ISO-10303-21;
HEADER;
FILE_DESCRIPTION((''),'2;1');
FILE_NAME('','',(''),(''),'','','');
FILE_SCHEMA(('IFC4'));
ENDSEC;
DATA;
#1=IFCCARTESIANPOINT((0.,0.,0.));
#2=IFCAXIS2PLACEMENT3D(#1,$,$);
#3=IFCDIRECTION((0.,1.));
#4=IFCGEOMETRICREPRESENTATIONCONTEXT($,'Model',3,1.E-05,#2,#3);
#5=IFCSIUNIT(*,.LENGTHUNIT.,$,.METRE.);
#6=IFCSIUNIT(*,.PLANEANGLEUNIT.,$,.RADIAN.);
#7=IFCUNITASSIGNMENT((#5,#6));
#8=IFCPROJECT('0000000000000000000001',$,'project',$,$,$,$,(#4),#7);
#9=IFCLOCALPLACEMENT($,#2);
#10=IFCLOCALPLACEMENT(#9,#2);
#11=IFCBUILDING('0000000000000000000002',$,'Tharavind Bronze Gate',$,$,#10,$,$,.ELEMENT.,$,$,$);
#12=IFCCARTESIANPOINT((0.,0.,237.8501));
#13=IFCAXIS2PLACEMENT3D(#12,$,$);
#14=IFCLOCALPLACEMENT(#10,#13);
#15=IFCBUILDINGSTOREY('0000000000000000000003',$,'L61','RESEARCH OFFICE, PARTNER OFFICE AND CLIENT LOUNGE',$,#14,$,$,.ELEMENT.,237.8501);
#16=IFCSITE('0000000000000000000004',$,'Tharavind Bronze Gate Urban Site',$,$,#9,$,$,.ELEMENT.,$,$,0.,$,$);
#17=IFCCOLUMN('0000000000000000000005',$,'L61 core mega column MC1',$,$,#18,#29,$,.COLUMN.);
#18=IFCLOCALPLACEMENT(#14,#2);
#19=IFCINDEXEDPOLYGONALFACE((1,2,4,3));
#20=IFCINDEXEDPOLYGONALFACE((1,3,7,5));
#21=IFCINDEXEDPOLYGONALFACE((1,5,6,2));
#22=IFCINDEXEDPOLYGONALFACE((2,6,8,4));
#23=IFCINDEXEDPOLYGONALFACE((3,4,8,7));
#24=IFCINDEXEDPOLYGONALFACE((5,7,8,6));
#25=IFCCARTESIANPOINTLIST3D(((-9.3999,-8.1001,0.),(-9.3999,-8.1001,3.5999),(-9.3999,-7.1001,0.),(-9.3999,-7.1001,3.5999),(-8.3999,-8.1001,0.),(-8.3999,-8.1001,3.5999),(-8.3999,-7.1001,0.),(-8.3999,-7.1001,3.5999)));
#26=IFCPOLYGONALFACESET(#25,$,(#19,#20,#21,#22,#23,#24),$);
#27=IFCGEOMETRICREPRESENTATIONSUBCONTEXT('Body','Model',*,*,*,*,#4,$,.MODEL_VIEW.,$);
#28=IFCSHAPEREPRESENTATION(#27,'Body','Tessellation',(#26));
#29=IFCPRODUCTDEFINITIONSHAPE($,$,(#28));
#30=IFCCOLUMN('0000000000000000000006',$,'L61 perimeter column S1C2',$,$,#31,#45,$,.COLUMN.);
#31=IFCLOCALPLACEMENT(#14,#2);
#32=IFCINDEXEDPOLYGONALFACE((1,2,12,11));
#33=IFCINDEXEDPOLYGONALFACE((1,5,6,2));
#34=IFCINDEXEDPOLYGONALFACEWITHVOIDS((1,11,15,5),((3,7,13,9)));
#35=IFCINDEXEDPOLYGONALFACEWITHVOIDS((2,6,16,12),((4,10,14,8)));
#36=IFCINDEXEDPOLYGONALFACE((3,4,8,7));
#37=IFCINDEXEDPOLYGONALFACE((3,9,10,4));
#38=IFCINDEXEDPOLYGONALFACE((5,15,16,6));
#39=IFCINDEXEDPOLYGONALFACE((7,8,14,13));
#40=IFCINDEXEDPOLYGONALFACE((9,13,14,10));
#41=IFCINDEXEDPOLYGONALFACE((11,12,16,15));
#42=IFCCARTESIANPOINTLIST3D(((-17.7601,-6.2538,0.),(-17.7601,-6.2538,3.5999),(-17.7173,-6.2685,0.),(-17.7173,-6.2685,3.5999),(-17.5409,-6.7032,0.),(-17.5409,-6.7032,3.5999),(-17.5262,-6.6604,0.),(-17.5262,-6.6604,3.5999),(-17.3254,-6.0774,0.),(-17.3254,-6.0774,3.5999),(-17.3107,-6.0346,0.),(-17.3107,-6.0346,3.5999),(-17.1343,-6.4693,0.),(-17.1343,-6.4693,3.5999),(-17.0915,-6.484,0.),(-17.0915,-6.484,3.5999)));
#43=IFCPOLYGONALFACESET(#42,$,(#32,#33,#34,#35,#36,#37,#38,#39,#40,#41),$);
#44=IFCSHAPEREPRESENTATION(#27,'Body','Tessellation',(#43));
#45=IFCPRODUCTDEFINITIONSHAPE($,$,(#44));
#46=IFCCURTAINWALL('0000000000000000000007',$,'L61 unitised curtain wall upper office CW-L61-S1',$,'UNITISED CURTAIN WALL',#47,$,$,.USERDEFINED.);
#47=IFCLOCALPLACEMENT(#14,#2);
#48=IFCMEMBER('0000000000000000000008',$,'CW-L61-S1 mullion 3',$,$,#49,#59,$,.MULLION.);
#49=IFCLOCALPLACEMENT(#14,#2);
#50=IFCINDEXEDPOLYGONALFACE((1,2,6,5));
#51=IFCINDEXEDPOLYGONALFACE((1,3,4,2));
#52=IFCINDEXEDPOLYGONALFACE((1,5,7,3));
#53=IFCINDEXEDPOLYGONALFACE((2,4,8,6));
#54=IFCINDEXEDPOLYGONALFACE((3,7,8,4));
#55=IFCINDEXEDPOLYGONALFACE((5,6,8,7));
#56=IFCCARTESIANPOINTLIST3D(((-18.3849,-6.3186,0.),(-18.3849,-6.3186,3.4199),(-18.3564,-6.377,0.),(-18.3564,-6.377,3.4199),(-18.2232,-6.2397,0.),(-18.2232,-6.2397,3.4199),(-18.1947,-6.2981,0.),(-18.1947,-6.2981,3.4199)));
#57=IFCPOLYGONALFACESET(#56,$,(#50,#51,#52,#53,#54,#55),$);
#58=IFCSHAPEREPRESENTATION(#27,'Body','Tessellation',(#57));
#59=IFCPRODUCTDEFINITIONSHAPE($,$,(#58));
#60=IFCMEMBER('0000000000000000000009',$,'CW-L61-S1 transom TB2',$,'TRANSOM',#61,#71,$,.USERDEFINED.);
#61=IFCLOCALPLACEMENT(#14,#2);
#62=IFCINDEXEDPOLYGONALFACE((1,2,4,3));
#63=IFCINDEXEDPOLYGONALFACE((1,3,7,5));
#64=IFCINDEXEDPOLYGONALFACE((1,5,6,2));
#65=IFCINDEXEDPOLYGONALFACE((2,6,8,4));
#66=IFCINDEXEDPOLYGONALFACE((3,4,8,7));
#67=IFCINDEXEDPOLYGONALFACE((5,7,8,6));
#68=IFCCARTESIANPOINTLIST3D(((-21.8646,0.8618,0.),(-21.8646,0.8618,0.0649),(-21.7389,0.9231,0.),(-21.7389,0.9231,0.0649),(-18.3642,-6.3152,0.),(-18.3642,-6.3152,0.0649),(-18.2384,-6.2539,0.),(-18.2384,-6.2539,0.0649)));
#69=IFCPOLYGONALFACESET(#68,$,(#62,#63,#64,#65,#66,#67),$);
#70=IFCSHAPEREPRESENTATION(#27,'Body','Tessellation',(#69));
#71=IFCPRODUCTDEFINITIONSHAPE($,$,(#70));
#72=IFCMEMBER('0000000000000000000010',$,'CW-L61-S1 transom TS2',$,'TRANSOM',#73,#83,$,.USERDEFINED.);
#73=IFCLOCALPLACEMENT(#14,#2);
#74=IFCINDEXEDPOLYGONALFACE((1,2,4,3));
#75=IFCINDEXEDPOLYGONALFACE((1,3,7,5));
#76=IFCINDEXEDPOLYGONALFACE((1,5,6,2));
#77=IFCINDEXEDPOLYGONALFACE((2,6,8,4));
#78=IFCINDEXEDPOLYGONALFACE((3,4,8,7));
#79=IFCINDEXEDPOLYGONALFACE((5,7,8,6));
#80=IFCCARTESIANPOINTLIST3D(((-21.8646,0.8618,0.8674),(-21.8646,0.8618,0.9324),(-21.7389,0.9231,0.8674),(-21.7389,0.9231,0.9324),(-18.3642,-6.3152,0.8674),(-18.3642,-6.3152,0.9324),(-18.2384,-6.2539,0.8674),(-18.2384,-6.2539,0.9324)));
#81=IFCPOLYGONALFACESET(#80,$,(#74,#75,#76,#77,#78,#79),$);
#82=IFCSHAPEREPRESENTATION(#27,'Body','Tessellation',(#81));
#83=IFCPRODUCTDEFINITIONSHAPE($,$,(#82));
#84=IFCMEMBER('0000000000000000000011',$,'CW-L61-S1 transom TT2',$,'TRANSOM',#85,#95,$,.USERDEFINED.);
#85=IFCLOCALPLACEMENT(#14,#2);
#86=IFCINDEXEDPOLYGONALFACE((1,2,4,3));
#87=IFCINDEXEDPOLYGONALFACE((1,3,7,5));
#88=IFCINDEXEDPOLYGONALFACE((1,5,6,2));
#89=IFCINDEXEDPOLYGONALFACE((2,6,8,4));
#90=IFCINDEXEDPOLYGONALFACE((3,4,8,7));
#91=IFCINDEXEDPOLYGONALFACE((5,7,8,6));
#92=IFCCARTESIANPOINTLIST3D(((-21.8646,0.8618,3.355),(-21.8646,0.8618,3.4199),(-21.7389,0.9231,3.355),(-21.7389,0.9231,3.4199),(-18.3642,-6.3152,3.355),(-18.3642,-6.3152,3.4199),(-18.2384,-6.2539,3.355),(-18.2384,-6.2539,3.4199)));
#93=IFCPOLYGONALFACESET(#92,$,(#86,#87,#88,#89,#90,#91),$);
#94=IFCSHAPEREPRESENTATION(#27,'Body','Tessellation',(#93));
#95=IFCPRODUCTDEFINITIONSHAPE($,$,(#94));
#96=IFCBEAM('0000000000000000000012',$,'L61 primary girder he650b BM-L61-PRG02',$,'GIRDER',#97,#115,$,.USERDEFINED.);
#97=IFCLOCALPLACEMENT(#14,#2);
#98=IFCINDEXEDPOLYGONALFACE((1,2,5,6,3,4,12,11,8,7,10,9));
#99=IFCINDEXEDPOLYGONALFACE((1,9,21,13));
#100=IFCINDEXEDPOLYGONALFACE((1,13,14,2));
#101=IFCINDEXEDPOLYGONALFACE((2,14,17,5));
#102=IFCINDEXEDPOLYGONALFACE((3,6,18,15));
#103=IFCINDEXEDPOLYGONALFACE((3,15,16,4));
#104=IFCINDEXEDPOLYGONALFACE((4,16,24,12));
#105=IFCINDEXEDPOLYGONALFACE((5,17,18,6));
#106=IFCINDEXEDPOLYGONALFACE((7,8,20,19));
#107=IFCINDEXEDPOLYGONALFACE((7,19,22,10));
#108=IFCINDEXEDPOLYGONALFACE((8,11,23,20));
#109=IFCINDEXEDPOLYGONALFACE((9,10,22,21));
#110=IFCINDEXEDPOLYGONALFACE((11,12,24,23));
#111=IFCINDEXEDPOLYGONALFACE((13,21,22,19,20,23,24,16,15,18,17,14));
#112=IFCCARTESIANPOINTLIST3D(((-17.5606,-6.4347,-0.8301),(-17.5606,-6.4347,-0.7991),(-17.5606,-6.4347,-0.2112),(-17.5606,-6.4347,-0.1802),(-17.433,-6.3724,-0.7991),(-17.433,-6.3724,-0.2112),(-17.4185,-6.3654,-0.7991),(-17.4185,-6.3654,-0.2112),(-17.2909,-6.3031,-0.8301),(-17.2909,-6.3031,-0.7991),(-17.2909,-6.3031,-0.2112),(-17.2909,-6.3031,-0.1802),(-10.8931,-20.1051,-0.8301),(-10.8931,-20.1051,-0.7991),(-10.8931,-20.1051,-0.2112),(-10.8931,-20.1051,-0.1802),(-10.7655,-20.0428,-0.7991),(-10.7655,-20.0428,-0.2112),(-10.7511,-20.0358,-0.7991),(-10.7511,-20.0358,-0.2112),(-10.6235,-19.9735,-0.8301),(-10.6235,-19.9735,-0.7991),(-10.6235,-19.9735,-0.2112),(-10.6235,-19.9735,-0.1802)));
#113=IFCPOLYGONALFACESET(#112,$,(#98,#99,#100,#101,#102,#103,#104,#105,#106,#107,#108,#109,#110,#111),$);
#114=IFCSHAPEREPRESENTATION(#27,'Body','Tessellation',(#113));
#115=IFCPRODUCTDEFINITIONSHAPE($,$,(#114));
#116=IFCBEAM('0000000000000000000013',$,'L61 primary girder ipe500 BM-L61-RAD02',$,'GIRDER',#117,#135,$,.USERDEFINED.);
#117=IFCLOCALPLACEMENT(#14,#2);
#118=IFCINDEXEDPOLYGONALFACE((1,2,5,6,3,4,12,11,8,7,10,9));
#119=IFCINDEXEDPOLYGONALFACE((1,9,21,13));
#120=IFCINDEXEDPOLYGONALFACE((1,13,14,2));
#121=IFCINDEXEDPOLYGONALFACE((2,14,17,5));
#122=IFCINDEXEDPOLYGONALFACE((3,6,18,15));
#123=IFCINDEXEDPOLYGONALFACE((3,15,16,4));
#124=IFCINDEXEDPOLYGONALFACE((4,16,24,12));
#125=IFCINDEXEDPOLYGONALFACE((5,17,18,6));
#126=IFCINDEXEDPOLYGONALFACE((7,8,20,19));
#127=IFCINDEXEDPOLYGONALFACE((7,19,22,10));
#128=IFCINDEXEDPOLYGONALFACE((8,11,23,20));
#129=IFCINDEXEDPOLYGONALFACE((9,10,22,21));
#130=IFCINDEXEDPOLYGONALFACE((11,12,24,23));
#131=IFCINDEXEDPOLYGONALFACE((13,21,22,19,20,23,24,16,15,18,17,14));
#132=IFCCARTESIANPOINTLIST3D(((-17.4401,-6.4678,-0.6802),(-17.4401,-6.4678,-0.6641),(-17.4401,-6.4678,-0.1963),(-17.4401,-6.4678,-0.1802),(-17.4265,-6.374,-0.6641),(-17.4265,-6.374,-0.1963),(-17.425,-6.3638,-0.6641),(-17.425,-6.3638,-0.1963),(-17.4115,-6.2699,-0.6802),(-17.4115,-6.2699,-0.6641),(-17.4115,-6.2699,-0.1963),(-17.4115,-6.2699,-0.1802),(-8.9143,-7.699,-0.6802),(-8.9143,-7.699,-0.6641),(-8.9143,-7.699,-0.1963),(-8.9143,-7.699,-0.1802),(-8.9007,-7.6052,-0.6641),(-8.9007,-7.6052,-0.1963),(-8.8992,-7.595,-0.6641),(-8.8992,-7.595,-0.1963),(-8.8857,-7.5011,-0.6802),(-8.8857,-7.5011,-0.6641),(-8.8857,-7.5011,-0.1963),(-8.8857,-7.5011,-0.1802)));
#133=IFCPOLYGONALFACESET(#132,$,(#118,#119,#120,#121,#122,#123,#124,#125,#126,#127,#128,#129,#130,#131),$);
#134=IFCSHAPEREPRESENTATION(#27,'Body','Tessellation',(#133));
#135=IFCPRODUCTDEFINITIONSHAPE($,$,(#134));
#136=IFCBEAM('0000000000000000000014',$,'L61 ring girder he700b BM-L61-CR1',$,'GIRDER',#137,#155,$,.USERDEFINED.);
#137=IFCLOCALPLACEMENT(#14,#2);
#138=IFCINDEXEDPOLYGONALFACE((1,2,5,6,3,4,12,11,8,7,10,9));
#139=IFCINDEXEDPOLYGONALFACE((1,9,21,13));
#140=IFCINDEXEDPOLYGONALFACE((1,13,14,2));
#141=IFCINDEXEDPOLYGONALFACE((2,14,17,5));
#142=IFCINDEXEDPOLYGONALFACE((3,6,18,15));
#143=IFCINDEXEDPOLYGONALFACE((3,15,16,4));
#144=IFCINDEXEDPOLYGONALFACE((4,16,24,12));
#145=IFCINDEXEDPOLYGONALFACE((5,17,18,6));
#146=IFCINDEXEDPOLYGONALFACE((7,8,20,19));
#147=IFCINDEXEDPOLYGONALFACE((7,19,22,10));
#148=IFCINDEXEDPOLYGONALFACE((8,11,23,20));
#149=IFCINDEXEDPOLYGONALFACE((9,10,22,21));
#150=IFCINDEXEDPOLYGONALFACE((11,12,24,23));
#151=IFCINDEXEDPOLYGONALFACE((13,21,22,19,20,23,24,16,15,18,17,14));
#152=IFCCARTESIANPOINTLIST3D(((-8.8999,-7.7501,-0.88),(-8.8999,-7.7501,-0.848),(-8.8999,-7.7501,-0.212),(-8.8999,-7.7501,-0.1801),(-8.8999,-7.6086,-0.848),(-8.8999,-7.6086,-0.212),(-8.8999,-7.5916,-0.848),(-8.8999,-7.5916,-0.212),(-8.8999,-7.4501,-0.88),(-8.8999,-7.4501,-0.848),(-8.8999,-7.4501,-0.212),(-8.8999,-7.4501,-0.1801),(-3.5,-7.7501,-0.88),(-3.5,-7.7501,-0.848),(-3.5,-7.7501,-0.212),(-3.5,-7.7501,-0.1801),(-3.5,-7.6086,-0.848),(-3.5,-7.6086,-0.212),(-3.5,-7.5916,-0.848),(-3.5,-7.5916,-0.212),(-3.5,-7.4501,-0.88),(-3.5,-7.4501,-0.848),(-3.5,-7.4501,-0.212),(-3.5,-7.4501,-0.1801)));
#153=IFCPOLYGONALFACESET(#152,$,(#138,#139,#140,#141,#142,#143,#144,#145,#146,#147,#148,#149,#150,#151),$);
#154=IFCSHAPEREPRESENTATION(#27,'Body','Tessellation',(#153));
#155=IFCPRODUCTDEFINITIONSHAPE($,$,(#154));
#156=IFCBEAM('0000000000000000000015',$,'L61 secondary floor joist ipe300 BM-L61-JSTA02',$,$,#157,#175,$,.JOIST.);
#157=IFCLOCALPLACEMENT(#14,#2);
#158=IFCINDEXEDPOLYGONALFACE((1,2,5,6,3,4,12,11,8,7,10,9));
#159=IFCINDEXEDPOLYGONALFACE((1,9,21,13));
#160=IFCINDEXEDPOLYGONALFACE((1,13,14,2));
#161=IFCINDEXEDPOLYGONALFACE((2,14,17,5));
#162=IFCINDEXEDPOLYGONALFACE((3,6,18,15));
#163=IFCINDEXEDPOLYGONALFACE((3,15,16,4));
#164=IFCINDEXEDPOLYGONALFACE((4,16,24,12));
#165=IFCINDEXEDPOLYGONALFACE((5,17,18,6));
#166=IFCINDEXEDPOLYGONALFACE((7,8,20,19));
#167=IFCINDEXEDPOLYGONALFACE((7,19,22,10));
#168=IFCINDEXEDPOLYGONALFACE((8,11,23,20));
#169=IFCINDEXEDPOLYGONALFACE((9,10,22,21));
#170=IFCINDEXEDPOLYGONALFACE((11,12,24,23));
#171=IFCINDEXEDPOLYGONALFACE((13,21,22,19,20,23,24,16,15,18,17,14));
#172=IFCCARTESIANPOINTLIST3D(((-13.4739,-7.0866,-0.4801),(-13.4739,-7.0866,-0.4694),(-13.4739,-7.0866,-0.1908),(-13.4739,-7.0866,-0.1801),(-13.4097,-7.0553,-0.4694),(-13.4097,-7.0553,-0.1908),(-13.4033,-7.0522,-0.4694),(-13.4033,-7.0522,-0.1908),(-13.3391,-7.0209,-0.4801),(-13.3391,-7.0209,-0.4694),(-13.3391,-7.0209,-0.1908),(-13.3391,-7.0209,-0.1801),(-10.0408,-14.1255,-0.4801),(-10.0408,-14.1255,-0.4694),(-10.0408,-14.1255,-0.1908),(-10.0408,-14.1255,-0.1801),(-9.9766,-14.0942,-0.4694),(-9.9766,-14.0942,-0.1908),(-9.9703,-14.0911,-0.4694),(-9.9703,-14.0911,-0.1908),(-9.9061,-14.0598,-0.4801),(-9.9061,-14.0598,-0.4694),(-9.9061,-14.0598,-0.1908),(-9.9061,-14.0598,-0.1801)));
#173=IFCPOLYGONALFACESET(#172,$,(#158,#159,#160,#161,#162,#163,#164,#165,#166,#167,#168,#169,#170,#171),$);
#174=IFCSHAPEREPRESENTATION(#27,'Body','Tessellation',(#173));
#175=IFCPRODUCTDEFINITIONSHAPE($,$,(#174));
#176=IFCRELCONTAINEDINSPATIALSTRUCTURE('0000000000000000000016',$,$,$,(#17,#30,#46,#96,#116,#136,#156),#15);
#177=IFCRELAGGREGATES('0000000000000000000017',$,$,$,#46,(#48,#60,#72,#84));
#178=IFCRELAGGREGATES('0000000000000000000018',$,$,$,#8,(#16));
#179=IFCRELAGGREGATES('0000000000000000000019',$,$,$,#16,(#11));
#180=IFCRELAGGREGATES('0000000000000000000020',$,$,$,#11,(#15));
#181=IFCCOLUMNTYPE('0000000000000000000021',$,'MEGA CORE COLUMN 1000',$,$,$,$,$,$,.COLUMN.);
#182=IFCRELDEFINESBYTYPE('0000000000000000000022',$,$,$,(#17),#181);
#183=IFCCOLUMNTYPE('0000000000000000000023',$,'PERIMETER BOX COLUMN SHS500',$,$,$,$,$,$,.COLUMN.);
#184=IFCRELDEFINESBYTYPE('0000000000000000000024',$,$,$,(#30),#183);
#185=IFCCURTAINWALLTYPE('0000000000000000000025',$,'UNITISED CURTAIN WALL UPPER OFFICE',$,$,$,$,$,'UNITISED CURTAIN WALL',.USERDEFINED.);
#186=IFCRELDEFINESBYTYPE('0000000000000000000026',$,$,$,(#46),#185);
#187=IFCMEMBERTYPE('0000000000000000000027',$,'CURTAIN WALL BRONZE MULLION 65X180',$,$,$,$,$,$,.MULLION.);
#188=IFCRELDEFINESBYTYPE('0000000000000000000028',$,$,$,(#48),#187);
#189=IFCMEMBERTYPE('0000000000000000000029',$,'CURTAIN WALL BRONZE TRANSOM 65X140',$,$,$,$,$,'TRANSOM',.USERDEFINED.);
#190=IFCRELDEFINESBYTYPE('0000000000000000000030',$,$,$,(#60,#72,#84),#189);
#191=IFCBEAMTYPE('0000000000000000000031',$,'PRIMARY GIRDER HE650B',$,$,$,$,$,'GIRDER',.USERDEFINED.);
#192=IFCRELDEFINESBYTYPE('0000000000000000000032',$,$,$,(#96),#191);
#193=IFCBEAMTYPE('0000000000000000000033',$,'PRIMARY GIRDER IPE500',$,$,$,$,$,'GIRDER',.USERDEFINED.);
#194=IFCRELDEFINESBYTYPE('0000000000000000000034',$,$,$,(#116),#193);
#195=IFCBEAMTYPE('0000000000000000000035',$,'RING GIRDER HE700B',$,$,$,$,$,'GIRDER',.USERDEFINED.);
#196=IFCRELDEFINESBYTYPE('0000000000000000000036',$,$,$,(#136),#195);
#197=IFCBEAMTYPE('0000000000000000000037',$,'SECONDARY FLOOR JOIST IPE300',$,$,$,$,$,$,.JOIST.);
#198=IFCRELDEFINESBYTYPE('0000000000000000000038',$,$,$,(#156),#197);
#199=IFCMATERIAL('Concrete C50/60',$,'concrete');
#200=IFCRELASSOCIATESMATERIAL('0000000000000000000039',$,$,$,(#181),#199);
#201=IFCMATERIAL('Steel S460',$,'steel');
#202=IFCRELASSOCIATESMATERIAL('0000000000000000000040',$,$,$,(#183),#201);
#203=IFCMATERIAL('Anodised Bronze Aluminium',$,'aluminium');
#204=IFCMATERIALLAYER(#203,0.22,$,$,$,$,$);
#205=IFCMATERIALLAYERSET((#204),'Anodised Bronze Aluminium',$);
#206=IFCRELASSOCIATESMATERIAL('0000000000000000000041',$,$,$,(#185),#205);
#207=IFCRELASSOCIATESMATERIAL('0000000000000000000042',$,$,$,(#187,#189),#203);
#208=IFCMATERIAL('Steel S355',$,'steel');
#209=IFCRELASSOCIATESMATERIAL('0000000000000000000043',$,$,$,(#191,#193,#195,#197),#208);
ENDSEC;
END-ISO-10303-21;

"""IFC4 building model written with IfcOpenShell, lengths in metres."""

from ifc_helpers import new_model, si_unit, direction, frame, origin, origin_2d, place, context, subcontext, project, spatial, rectangle, hollow_rectangle, i_section, extrude, material, layer, layer_set, material_profile, profile_set, type_object, element, aggregate, save


model = new_model("IFC4")

# Units and contexts
model_context = context("Model", 3, precision=1e-05, world=origin(), true_north=direction((0.0, 1.0)))
body_context = subcontext(model_context, "Body", "Model", "MODEL_VIEW")
ifc_project = project(units=[si_unit("LENGTHUNIT", "METRE"), si_unit("PLANEANGLEUNIT", "RADIAN")], contexts=[model_context])

# Site, building, storey
site_placement = place(None, origin())
site = spatial("IfcSite", under=ifc_project, at=site_placement, Name="Tharavind Bronze Gate Urban Site", CompositionType="ELEMENT", RefElevation=0.0)
building_placement = place(site_placement, origin())
building = spatial("IfcBuilding", under=site, at=building_placement, Name="Tharavind Bronze Gate", CompositionType="ELEMENT")
storey_placement = place(building_placement, frame((0.0, 0.0, 237.8501)))
storey = spatial("IfcBuildingStorey", under=building, at=storey_placement, Name="L61", Description="RESEARCH OFFICE, PARTNER OFFICE AND CLIENT LOUNGE", CompositionType="ELEMENT", Elevation=237.8501)

# Columns
ifc_material_1 = material(Name="Concrete C50/60", Category="concrete")
ifc_material_profile_1 = material_profile(ifc_material_1, rectangle(XDim=1.0, YDim=1.0, at=origin_2d()), Name="RCCOL1000")
ifc_profile_set_1 = profile_set([ifc_material_profile_1], Name="Concrete C50/60")
column_type_1 = type_object("IfcColumnType", Name="MEGA CORE COLUMN 1000", PredefinedType="COLUMN", material=ifc_profile_set_1)
column_1_placement = place(storey_placement, frame((-8.8999, -7.6001, 0.0), z_axis=(0.0, 0.0, 1.0), x_axis=(1.0, 0.0, 0.0)))
element("IfcColumn", 1, at=column_1_placement, inside=storey, type_object=column_type_1, Name="L61 core mega column MC1", PredefinedType="COLUMN", context=body_context, shape_type="SweptSolid", body=[
    extrude(rectangle(XDim=1.0, YDim=1.0, at=origin_2d()), origin(), (0.0, 0.0, 1.0), 3.5999),
])
ifc_material_2 = material(Name="Steel S460", Category="steel")
ifc_material_profile_2 = material_profile(ifc_material_2, hollow_rectangle(XDim=0.5, YDim=0.5, WallThickness=0.032, at=origin_2d()), Name="SHS500X32")
ifc_profile_set_2 = profile_set([ifc_material_profile_2], Name="Steel S460")
column_type_2 = type_object("IfcColumnType", Name="PERIMETER BOX COLUMN SHS500", PredefinedType="COLUMN", material=ifc_profile_set_2)
column_2_placement = place(storey_placement, frame((-17.4258, -6.3689, 0.0), z_axis=(0.0, 0.0, 1.0), x_axis=(-0.438371, 0.898794, 0.0)))
element("IfcColumn", 2, at=column_2_placement, inside=storey, type_object=column_type_2, Name="L61 perimeter column S1C2", PredefinedType="COLUMN", context=body_context, shape_type="SweptSolid", body=[
    extrude(hollow_rectangle(XDim=0.5, YDim=0.5, WallThickness=0.032, at=origin_2d()), origin(), (0.0, 0.0, 1.0), 3.5999),
])

# Curtain wall, members
ifc_material_3 = material(Name="Anodised Bronze Aluminium", Category="aluminium")
ifc_layer_1 = layer(ifc_material_3, 0.22)
ifc_layer_set_1 = layer_set([ifc_layer_1], Name="Anodised Bronze Aluminium")
curtain_wall_type = type_object("IfcCurtainWallType", Name="UNITISED CURTAIN WALL UPPER OFFICE", ElementType="UNITISED CURTAIN WALL", PredefinedType="USERDEFINED", material=ifc_layer_set_1)
curtain_wall_placement = place(storey_placement, origin())
curtain_wall = element("IfcCurtainWall", 3, at=curtain_wall_placement, inside=storey, type_object=curtain_wall_type, Name="L61 unitised curtain wall upper office CW-L61-S1", ObjectType="UNITISED CURTAIN WALL", PredefinedType="USERDEFINED")
member_type_1 = type_object("IfcMemberType", Name="CURTAIN WALL BRONZE MULLION 65X180", PredefinedType="MULLION", material=ifc_material_3)
member_1_placement = place(storey_placement, frame((-18.2898, -6.3083, 0.0), z_axis=(0.0, 0.0, 1.0), x_axis=(0.438371, -0.898794, 0.0)))
member_1 = element("IfcMember", 4, at=member_1_placement, type_object=member_type_1, Name="CW-L61-S1 mullion 3", PredefinedType="MULLION", context=body_context, shape_type="SweptSolid", body=[
    extrude(rectangle(XDim=0.0649, YDim=0.1799, at=origin_2d()), origin(), (0.0, 0.0, 1.0), 3.4199),
])
member_type_2 = type_object("IfcMemberType", Name="CURTAIN WALL BRONZE TRANSOM 65X140", ElementType="TRANSOM", PredefinedType="USERDEFINED", material=ifc_material_3)
member_2_placement = place(storey_placement, frame((-20.0515, -2.696, 0.0), z_axis=(0.0, 0.0, 1.0), x_axis=(0.438371, -0.898794, 0.0)))
member_2 = element("IfcMember", 5, at=member_2_placement, type_object=member_type_2, Name="CW-L61-S1 transom TB2", ObjectType="TRANSOM", PredefinedType="USERDEFINED", context=body_context, shape_type="SweptSolid", body=[
    extrude(rectangle(XDim=7.9851, YDim=0.1399, at=origin_2d()), origin(), (0.0, 0.0, 1.0), 0.0649),
])
member_3_placement = place(storey_placement, frame((-20.0515, -2.696, 0.8674), z_axis=(0.0, 0.0, 1.0), x_axis=(0.438371, -0.898794, 0.0)))
member_3 = element("IfcMember", 6, at=member_3_placement, type_object=member_type_2, Name="CW-L61-S1 transom TS2", ObjectType="TRANSOM", PredefinedType="USERDEFINED", context=body_context, shape_type="SweptSolid", body=[
    extrude(rectangle(XDim=7.9851, YDim=0.1399, at=origin_2d()), origin(), (0.0, 0.0, 1.0), 0.0649),
])
member_4_placement = place(storey_placement, frame((-20.0515, -2.696, 3.355), z_axis=(0.0, 0.0, 1.0), x_axis=(0.438371, -0.898794, 0.0)))
member_4 = element("IfcMember", 7, at=member_4_placement, type_object=member_type_2, Name="CW-L61-S1 transom TT2", ObjectType="TRANSOM", PredefinedType="USERDEFINED", context=body_context, shape_type="SweptSolid", body=[
    extrude(rectangle(XDim=7.9851, YDim=0.1399, at=origin_2d()), origin(), (0.0, 0.0, 1.0), 0.0649),
])

# Beams
ifc_material_4 = material(Name="Steel S355", Category="steel")
ifc_material_profile_3 = material_profile(ifc_material_4, i_section(OverallWidth=0.3, OverallDepth=0.6499, WebThickness=0.0161, FlangeThickness=0.031, at=origin_2d()), Name="HE650B")
ifc_profile_set_3 = profile_set([ifc_material_profile_3], Name="Steel S355")
beam_type_1 = type_object("IfcBeamType", Name="PRIMARY GIRDER HE650B", ElementType="GIRDER", PredefinedType="USERDEFINED", material=ifc_profile_set_3)
beam_1_placement = place(storey_placement, frame((-17.4258, -6.3689, -0.5051), z_axis=(0.43837, -0.898795, 0.0), x_axis=(0.898795, 0.43837, 0.0)))
element("IfcBeam", 8, at=beam_1_placement, inside=storey, type_object=beam_type_1, Name="L61 primary girder he650b BM-L61-PRG02", ObjectType="GIRDER", PredefinedType="USERDEFINED", context=body_context, shape_type="SweptSolid", body=[
    extrude(i_section(OverallWidth=0.3, OverallDepth=0.6499, WebThickness=0.0161, FlangeThickness=0.031, at=origin_2d()), origin(), (0.0, 0.0, 1.0), 15.2097),
])
ifc_material_profile_4 = material_profile(ifc_material_4, i_section(OverallWidth=0.2, OverallDepth=0.5, WebThickness=0.0103, FlangeThickness=0.0161, at=origin_2d()), Name="IPE500")
ifc_profile_set_4 = profile_set([ifc_material_profile_4], Name="Steel S355")
beam_type_2 = type_object("IfcBeamType", Name="PRIMARY GIRDER IPE500", ElementType="GIRDER", PredefinedType="USERDEFINED", material=ifc_profile_set_4)
beam_2_placement = place(storey_placement, frame((-17.4258, -6.3689, -0.4302), z_axis=(0.989734, -0.142925, 0.0), x_axis=(0.142925, 0.989734, 0.0)))
element("IfcBeam", 9, at=beam_2_placement, inside=storey, type_object=beam_type_2, Name="L61 primary girder ipe500 BM-L61-RAD02", ObjectType="GIRDER", PredefinedType="USERDEFINED", context=body_context, shape_type="SweptSolid", body=[
    extrude(i_section(OverallWidth=0.2, OverallDepth=0.5, WebThickness=0.0103, FlangeThickness=0.0161, at=origin_2d()), origin(), (0.0, 0.0, 1.0), 8.6143),
])
ifc_material_profile_5 = material_profile(ifc_material_4, i_section(OverallWidth=0.3, OverallDepth=0.7, WebThickness=0.0171, FlangeThickness=0.032, at=origin_2d()), Name="HE700B")
ifc_profile_set_5 = profile_set([ifc_material_profile_5], Name="Steel S355")
beam_type_3 = type_object("IfcBeamType", Name="RING GIRDER HE700B", ElementType="GIRDER", PredefinedType="USERDEFINED", material=ifc_profile_set_5)
beam_3_placement = place(storey_placement, frame((-8.8999, -7.6001, -0.53), z_axis=(1.0, 0.0, 0.0), x_axis=(0.0, 1.0, 0.0)))
element("IfcBeam", 10, at=beam_3_placement, inside=storey, type_object=beam_type_3, Name="L61 ring girder he700b BM-L61-CR1", ObjectType="GIRDER", PredefinedType="USERDEFINED", context=body_context, shape_type="SweptSolid", body=[
    extrude(i_section(OverallWidth=0.3, OverallDepth=0.7, WebThickness=0.0171, FlangeThickness=0.032, at=origin_2d()), origin(), (0.0, 0.0, 1.0), 5.3999),
])
ifc_material_profile_6 = material_profile(ifc_material_4, i_section(OverallWidth=0.1499, OverallDepth=0.3, WebThickness=0.0071, FlangeThickness=0.0107, at=origin_2d()), Name="IPE300")
ifc_profile_set_6 = profile_set([ifc_material_profile_6], Name="Steel S355")
beam_type_4 = type_object("IfcBeamType", Name="SECONDARY FLOOR JOIST IPE300", PredefinedType="JOIST", material=ifc_profile_set_6)
beam_4_placement = place(storey_placement, frame((-13.4065, -7.0537, -0.3301), z_axis=(0.438363, -0.898798, 0.0), x_axis=(0.898798, 0.438363, 0.0)))
element("IfcBeam", 11, at=beam_4_placement, inside=storey, type_object=beam_type_4, Name="L61 secondary floor joist ipe300 BM-L61-JSTA02", PredefinedType="JOIST", context=body_context, shape_type="SweptSolid", body=[
    extrude(i_section(OverallWidth=0.1499, OverallDepth=0.3, WebThickness=0.0071, FlangeThickness=0.0107, at=origin_2d()), origin(), (0.0, 0.0, 1.0), 7.8315),
])

aggregate(curtain_wall, [member_1, member_2, member_3, member_4])

save(model, "model.ifc")
